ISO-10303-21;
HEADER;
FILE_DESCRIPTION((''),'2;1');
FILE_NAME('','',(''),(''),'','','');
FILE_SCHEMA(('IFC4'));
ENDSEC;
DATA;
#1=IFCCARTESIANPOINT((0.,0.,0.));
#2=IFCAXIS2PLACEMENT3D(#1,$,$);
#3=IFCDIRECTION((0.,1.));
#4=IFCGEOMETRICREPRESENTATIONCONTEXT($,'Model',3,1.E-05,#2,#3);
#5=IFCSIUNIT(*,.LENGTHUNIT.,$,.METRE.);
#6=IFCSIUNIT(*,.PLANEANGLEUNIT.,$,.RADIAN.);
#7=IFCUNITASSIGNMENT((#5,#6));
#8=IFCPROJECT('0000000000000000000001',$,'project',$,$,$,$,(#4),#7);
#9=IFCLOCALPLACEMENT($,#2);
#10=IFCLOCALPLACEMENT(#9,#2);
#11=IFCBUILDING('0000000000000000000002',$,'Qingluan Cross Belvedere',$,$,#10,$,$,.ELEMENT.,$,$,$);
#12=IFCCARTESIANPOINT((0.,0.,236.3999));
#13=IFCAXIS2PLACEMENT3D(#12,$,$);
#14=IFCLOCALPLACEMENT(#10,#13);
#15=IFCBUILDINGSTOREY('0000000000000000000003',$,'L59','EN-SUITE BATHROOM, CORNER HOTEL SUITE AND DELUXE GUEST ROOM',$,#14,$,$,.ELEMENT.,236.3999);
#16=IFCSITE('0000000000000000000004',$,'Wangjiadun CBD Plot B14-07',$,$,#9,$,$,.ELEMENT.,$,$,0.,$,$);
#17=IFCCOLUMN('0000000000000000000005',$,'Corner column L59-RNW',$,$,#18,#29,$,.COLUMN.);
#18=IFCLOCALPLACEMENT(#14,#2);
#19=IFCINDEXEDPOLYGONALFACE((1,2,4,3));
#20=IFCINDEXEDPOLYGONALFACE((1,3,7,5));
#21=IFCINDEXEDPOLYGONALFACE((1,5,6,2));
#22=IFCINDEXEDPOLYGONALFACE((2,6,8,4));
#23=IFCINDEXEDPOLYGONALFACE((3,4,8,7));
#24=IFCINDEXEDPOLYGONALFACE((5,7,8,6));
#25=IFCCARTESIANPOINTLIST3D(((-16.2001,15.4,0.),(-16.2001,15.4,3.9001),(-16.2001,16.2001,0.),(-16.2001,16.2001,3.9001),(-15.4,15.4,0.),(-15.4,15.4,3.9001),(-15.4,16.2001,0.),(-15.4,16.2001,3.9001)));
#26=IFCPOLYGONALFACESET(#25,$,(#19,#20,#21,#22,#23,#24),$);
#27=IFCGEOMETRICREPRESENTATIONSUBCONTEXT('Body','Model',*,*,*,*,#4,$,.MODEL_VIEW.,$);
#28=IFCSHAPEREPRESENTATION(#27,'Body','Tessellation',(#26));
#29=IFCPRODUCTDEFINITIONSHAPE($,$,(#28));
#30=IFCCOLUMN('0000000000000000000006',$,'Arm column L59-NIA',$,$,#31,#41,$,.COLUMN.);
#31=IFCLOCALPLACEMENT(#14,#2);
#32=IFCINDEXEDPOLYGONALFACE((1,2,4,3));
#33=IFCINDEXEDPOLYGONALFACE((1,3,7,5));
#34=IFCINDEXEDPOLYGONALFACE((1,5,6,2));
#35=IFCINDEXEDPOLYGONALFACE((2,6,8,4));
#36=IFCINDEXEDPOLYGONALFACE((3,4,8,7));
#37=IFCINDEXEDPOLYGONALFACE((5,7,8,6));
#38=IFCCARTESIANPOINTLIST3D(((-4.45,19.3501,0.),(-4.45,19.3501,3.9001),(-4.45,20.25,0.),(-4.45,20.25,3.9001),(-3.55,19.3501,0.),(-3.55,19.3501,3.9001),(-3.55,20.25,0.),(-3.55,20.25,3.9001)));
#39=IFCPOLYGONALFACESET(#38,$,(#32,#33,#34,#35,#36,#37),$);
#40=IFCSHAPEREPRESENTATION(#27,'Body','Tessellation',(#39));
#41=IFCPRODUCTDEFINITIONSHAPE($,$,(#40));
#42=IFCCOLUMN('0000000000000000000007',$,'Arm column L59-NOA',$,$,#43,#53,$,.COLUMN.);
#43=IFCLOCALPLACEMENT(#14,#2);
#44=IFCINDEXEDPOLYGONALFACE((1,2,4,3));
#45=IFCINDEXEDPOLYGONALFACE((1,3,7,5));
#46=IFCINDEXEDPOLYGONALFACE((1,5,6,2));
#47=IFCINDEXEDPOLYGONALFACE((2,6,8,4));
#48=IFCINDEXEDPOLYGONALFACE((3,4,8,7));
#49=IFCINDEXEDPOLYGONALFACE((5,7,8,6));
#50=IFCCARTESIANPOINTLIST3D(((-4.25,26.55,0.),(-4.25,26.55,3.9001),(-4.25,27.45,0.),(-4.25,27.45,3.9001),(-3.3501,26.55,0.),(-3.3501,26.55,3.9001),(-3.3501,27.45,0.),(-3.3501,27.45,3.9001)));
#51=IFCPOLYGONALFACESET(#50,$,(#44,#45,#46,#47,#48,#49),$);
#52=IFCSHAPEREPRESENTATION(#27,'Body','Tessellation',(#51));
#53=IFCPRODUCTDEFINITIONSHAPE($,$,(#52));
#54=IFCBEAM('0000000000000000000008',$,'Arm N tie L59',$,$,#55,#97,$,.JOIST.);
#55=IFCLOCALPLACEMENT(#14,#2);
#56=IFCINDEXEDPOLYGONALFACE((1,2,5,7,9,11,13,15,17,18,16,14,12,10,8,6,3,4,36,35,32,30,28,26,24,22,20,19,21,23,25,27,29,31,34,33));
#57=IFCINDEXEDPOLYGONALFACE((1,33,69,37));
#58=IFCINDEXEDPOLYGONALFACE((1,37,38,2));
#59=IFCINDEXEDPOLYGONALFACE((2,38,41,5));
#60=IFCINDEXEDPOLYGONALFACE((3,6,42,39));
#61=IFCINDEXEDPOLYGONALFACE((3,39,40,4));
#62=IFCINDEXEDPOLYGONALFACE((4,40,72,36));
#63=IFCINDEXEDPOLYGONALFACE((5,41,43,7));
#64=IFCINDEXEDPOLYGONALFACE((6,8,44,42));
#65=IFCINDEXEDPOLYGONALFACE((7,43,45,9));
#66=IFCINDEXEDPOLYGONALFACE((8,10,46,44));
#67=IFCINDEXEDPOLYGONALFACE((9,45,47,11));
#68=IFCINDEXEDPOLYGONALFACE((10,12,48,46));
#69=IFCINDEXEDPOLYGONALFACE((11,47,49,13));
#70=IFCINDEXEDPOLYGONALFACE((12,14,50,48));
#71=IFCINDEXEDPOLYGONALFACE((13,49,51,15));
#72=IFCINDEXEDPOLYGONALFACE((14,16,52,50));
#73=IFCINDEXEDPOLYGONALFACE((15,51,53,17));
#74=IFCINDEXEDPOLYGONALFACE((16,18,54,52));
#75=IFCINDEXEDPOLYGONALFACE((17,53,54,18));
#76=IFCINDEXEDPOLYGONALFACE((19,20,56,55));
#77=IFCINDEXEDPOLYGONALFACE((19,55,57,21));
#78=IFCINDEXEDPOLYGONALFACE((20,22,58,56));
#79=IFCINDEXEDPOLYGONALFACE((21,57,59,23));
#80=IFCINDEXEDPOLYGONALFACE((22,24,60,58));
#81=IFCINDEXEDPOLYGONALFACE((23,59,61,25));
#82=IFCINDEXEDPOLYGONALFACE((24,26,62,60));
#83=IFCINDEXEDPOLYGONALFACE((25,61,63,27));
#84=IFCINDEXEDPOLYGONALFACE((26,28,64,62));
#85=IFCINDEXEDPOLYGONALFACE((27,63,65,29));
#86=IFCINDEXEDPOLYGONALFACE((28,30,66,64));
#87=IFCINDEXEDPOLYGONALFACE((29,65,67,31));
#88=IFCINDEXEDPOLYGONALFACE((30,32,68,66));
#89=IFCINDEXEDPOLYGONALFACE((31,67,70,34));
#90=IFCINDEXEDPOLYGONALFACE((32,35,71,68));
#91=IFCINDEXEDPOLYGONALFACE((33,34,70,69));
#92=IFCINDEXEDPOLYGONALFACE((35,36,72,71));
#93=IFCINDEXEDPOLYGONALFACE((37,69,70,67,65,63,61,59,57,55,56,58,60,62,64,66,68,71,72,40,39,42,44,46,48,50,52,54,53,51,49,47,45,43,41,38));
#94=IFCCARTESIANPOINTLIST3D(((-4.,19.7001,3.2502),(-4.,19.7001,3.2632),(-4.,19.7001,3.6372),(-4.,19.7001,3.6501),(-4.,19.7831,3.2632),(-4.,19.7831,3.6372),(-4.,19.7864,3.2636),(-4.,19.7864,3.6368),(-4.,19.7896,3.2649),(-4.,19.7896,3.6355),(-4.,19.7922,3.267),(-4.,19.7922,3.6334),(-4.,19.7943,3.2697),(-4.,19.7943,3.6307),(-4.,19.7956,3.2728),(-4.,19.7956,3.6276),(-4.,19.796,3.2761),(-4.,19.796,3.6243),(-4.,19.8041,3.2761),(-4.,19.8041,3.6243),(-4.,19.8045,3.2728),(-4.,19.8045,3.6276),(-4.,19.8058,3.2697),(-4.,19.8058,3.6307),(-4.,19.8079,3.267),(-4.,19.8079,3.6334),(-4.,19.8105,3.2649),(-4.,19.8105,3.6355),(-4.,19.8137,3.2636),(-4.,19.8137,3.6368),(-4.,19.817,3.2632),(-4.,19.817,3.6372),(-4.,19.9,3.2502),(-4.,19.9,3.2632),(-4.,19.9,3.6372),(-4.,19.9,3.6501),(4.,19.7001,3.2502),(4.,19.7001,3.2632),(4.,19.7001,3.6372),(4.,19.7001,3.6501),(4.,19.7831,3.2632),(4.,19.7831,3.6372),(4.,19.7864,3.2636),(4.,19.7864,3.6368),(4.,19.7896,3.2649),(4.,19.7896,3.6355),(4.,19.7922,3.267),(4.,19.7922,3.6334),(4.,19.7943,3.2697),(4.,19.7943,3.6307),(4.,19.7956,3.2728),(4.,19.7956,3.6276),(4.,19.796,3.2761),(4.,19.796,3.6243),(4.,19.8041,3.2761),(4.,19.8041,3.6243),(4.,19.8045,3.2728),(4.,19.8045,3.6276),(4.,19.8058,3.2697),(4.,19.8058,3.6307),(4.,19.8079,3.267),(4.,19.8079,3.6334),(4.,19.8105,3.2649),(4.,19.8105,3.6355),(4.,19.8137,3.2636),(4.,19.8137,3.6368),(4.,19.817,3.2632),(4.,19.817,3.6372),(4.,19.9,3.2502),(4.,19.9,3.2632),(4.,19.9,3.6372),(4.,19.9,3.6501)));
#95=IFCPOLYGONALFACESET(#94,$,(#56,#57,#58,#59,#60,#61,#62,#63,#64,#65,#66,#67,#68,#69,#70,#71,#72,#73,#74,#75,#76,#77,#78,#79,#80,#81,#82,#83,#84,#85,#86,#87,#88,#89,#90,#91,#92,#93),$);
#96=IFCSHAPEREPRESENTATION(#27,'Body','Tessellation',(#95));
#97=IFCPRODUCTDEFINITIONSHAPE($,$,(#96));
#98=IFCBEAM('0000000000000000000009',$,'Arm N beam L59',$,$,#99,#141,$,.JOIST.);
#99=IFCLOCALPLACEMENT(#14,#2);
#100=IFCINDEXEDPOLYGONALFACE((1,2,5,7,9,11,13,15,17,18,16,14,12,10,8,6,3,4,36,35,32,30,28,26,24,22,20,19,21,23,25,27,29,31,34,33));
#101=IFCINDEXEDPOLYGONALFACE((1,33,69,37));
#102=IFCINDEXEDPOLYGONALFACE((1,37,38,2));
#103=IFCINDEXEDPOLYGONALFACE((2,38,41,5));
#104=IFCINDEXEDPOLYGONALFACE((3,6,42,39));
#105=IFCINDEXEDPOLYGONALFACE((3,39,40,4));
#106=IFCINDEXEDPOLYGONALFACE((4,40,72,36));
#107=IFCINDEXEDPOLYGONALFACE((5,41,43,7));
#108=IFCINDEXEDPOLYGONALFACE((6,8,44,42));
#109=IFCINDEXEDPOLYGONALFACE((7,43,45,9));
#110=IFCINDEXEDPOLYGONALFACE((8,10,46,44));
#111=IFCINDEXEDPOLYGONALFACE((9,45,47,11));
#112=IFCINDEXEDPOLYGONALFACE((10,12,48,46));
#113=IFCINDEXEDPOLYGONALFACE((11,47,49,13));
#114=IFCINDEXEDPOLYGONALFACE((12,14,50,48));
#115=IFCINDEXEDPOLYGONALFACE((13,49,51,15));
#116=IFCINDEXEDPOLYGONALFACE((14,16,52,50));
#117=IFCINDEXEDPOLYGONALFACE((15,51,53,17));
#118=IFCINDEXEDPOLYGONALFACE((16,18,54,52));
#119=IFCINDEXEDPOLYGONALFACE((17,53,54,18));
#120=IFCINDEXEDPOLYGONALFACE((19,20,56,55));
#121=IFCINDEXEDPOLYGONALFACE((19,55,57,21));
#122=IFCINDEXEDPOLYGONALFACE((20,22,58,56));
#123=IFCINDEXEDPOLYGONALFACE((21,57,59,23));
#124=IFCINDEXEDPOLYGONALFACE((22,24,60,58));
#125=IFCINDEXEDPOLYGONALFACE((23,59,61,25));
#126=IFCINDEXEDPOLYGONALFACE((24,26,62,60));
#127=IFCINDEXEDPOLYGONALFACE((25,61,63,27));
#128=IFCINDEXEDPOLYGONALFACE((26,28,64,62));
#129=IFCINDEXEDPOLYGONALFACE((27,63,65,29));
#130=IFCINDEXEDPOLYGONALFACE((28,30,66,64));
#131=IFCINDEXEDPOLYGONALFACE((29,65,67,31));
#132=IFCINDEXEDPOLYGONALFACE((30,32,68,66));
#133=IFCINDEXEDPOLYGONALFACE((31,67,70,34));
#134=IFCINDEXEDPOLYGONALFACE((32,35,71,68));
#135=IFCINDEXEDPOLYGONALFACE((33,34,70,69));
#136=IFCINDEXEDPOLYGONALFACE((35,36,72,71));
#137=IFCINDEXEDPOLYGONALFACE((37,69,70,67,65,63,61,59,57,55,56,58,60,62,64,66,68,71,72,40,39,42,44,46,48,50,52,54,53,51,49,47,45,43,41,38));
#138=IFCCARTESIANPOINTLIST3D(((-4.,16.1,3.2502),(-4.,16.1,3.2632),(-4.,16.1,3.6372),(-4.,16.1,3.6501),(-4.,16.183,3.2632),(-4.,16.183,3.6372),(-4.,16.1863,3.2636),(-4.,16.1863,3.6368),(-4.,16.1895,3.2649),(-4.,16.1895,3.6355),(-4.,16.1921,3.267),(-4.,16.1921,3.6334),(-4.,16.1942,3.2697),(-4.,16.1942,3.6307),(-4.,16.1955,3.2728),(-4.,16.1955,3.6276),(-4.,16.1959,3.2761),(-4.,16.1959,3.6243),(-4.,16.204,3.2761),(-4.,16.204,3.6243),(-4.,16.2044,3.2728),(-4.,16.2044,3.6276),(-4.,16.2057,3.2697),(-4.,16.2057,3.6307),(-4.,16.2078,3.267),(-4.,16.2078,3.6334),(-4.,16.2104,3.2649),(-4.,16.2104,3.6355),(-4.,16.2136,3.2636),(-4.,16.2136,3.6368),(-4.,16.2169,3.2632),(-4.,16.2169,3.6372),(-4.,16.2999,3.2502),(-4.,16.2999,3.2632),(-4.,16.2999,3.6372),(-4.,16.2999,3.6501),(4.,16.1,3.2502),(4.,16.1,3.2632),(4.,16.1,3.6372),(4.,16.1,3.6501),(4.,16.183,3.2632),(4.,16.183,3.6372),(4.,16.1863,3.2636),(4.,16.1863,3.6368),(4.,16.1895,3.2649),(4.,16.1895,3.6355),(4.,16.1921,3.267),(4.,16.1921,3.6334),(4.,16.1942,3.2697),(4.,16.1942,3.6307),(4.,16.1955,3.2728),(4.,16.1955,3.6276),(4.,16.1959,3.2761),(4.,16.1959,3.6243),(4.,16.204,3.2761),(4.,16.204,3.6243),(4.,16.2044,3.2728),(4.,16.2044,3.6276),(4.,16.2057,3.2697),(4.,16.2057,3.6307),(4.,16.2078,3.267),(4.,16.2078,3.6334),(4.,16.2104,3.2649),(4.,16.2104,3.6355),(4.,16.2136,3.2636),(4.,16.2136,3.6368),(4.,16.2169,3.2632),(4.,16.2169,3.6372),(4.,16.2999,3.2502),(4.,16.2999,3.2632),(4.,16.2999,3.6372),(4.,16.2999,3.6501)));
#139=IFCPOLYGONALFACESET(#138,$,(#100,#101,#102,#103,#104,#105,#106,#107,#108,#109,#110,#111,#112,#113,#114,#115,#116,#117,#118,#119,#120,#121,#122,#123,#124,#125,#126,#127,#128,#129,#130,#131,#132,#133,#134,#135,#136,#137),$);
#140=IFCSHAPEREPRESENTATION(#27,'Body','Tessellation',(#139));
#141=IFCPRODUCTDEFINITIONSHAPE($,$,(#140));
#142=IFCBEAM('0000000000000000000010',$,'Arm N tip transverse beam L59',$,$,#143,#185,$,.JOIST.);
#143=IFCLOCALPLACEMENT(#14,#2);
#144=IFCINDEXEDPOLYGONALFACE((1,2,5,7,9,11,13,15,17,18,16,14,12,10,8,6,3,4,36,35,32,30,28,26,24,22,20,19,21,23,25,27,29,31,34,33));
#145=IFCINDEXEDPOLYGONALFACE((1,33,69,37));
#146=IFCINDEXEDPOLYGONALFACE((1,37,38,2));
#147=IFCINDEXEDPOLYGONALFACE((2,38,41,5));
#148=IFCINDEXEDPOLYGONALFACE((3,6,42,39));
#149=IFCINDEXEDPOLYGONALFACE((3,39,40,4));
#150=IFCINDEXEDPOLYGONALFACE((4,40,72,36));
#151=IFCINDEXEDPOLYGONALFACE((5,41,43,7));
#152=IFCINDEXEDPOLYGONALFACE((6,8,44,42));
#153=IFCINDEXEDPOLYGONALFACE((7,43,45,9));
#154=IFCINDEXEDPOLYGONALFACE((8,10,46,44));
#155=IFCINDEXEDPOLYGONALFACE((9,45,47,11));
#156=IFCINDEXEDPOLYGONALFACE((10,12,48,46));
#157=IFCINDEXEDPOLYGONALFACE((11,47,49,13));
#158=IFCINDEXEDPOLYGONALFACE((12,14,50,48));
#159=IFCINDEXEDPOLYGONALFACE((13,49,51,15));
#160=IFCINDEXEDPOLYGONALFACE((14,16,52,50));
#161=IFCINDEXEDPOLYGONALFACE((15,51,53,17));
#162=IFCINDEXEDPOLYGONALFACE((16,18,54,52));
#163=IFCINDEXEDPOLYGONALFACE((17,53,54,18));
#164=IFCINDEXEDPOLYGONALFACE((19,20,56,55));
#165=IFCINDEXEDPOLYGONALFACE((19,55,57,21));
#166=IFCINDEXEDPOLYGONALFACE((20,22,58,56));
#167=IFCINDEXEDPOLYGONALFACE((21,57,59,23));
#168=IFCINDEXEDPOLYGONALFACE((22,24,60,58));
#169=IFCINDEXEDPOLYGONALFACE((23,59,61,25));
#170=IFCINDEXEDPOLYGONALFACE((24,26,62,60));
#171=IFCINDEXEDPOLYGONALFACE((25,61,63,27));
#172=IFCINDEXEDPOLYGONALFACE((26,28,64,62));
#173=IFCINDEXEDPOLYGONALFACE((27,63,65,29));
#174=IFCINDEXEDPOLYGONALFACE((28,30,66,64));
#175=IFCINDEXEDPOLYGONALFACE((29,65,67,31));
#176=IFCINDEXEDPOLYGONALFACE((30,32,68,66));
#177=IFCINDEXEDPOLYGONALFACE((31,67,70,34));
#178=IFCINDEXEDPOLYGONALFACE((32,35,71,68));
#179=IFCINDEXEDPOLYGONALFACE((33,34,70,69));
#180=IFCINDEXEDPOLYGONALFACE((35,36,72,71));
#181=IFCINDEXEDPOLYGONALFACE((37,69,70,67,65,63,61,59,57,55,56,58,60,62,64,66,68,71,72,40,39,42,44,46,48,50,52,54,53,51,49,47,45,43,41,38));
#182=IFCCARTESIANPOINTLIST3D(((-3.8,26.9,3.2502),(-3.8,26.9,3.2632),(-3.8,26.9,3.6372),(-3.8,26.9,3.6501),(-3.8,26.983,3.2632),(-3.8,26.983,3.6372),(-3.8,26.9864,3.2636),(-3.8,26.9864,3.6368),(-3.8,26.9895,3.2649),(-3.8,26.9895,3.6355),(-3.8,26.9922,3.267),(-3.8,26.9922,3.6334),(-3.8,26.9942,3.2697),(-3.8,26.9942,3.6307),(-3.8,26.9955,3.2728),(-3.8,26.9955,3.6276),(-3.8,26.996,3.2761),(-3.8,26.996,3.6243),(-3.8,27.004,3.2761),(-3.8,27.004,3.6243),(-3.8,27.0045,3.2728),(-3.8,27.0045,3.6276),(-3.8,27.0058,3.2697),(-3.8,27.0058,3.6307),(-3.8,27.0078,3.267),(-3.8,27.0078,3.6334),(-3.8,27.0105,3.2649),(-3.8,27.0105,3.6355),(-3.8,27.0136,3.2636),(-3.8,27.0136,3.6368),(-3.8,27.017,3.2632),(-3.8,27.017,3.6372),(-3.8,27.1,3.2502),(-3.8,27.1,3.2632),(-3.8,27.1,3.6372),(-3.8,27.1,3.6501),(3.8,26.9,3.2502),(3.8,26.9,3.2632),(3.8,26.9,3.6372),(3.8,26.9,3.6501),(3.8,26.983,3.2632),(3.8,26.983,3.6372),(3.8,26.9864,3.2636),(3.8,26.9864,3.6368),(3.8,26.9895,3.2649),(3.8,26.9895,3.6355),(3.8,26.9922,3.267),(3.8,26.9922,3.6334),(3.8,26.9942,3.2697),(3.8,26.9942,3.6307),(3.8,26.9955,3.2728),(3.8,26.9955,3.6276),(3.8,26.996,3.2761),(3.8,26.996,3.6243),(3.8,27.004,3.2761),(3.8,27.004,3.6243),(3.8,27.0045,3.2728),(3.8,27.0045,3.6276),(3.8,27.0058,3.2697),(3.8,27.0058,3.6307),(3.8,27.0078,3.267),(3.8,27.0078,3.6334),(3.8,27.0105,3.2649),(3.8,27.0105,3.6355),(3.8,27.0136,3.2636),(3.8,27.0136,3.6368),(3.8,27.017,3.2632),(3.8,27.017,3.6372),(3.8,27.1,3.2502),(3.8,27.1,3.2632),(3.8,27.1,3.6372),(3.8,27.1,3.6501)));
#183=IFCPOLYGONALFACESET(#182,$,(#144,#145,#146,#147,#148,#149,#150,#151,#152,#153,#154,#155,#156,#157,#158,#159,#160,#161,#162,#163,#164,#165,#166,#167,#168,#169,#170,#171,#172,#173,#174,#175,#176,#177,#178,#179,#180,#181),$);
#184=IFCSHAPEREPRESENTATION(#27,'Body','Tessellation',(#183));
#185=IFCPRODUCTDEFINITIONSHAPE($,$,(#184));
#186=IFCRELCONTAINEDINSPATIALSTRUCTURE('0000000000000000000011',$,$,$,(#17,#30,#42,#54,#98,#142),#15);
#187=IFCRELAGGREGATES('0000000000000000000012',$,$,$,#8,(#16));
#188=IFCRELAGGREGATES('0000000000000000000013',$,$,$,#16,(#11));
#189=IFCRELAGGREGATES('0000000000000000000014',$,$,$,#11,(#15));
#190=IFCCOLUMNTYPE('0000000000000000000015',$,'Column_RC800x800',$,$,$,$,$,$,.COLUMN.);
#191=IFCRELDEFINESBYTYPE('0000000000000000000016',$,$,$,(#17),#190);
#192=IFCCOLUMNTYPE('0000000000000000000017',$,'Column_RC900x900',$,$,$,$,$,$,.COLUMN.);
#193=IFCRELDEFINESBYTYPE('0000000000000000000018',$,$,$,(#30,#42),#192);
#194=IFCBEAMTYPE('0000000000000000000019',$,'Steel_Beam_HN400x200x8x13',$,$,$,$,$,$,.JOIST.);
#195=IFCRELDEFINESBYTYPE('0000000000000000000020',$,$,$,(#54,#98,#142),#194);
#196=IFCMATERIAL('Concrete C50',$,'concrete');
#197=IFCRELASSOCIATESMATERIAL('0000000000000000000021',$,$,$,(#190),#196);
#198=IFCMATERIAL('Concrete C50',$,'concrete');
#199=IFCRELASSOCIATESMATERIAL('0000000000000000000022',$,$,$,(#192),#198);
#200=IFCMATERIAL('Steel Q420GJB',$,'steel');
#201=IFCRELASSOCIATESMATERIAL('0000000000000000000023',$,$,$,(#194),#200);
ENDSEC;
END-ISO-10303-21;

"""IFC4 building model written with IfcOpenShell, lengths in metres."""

from ifc_helpers import new_model, si_unit, direction, frame, origin, origin_2d, place, context, subcontext, project, spatial, rectangle, i_section, extrude, material, material_profile, profile_set, type_object, element, save


model = new_model("IFC4")

# Units and contexts
model_context = context("Model", 3, precision=1e-05, world=origin(), true_north=direction((0.0, 1.0)))
body_context = subcontext(model_context, "Body", "Model", "MODEL_VIEW")
ifc_project = project(units=[si_unit("LENGTHUNIT", "METRE"), si_unit("PLANEANGLEUNIT", "RADIAN")], contexts=[model_context])

# Site, building, storey
site_placement = place(None, origin())
site = spatial("IfcSite", under=ifc_project, at=site_placement, Name="Wangjiadun CBD Plot B14-07", CompositionType="ELEMENT", RefElevation=0.0)
building_placement = place(site_placement, origin())
building = spatial("IfcBuilding", under=site, at=building_placement, Name="Qingluan Cross Belvedere", CompositionType="ELEMENT")
storey_placement = place(building_placement, frame((0.0, 0.0, 236.3999)))
storey = spatial("IfcBuildingStorey", under=building, at=storey_placement, Name="L59", Description="EN-SUITE BATHROOM, CORNER HOTEL SUITE AND DELUXE GUEST ROOM", CompositionType="ELEMENT", Elevation=236.3999)

# Columns
ifc_material_1 = material(Name="Concrete C50", Category="concrete")
ifc_material_profile_1 = material_profile(ifc_material_1, rectangle(XDim=0.8, YDim=0.8, at=origin_2d()), Name="RC800x800")
ifc_profile_set_1 = profile_set([ifc_material_profile_1], Name="Concrete C50")
column_type_1 = type_object("IfcColumnType", Name="Column_RC800x800", PredefinedType="COLUMN", material=ifc_profile_set_1)
column_placement = place(storey_placement, frame((-15.8, 15.8, 0.0), z_axis=(0.0, 0.0, 1.0), x_axis=(1.0, 0.0, 0.0)))
element("IfcColumn", 1, at=column_placement, inside=storey, type_object=column_type_1, Name="Corner column L59-RNW", PredefinedType="COLUMN", context=body_context, shape_type="SweptSolid", body=[
    extrude(rectangle(XDim=0.8, YDim=0.8, at=origin_2d()), origin(), (0.0, 0.0, 1.0), 3.9001),
])
ifc_material_2 = material(Name="Concrete C50", Category="concrete")
ifc_material_profile_2 = material_profile(ifc_material_2, rectangle(XDim=0.8999, YDim=0.8999, at=origin_2d()), Name="RC900x900")
ifc_profile_set_2 = profile_set([ifc_material_profile_2], Name="Concrete C50")
column_type_2 = type_object("IfcColumnType", Name="Column_RC900x900", PredefinedType="COLUMN", material=ifc_profile_set_2)
for number, where, z_axis, x_axis, name in (
    (2, (-4.0, 19.8, 0.0), (0.0, 0.0, 1.0), (1.0, 0.0, 0.0), "Arm column L59-NIA"),
    (3, (-3.8, 27.0, 0.0), (0.0, 0.0, 1.0), (1.0, 0.0, 0.0), "Arm column L59-NOA"),
):
    element("IfcColumn", number, at=place(storey_placement, frame(where, z_axis=z_axis, x_axis=x_axis)), inside=storey, type_object=column_type_2, Name=name, PredefinedType="COLUMN", context=body_context, shape_type="SweptSolid", body=[
        extrude(rectangle(XDim=0.8999, YDim=0.8999, at=origin_2d()), origin(), (0.0, 0.0, 1.0), 3.9001),
    ])

# Beams
ifc_material_3 = material(Name="Steel Q420GJB", Category="steel")
ifc_material_profile_3 = material_profile(ifc_material_3, i_section(OverallWidth=0.2, OverallDepth=0.3999, WebThickness=0.0081, FlangeThickness=0.0129, FilletRadius=0.0129, at=origin_2d()), Name="HN400x200x8x13")
ifc_profile_set_3 = profile_set([ifc_material_profile_3], Name="Steel Q420GJB")
beam_type_1 = type_object("IfcBeamType", Name="Steel_Beam_HN400x200x8x13", PredefinedType="JOIST", material=ifc_profile_set_3)
for number, where, z_axis, x_axis, name in (
    (4, (-4.0, 19.8, 3.4502), (1.0, 0.0, 0.0), (0.0, 1.0, 0.0), "Arm N tie L59"),
    (5, (-4.0, 16.2, 3.4502), (1.0, 0.0, 0.0), (0.0, 1.0, 0.0), "Arm N beam L59"),
):
    element("IfcBeam", number, at=place(storey_placement, frame(where, z_axis=z_axis, x_axis=x_axis)), inside=storey, type_object=beam_type_1, Name=name, PredefinedType="JOIST", context=body_context, shape_type="SweptSolid", body=[
        extrude(i_section(OverallWidth=0.2, OverallDepth=0.3999, WebThickness=0.0081, FlangeThickness=0.0129, FilletRadius=0.0129, at=origin_2d()), origin(), (0.0, 0.0, 1.0), 8.0),
    ])
beam_1_placement = place(storey_placement, frame((-3.8, 27.0, 3.4502), z_axis=(1.0, 0.0, 0.0), x_axis=(0.0, 1.0, 0.0)))
element("IfcBeam", 6, at=beam_1_placement, inside=storey, type_object=beam_type_1, Name="Arm N tip transverse beam L59", PredefinedType="JOIST", context=body_context, shape_type="SweptSolid", body=[
    extrude(i_section(OverallWidth=0.2, OverallDepth=0.3999, WebThickness=0.0081, FlangeThickness=0.0129, FilletRadius=0.0129, at=origin_2d()), origin(), (0.0, 0.0, 1.0), 7.6001),
])

save(model, "model.ifc")
